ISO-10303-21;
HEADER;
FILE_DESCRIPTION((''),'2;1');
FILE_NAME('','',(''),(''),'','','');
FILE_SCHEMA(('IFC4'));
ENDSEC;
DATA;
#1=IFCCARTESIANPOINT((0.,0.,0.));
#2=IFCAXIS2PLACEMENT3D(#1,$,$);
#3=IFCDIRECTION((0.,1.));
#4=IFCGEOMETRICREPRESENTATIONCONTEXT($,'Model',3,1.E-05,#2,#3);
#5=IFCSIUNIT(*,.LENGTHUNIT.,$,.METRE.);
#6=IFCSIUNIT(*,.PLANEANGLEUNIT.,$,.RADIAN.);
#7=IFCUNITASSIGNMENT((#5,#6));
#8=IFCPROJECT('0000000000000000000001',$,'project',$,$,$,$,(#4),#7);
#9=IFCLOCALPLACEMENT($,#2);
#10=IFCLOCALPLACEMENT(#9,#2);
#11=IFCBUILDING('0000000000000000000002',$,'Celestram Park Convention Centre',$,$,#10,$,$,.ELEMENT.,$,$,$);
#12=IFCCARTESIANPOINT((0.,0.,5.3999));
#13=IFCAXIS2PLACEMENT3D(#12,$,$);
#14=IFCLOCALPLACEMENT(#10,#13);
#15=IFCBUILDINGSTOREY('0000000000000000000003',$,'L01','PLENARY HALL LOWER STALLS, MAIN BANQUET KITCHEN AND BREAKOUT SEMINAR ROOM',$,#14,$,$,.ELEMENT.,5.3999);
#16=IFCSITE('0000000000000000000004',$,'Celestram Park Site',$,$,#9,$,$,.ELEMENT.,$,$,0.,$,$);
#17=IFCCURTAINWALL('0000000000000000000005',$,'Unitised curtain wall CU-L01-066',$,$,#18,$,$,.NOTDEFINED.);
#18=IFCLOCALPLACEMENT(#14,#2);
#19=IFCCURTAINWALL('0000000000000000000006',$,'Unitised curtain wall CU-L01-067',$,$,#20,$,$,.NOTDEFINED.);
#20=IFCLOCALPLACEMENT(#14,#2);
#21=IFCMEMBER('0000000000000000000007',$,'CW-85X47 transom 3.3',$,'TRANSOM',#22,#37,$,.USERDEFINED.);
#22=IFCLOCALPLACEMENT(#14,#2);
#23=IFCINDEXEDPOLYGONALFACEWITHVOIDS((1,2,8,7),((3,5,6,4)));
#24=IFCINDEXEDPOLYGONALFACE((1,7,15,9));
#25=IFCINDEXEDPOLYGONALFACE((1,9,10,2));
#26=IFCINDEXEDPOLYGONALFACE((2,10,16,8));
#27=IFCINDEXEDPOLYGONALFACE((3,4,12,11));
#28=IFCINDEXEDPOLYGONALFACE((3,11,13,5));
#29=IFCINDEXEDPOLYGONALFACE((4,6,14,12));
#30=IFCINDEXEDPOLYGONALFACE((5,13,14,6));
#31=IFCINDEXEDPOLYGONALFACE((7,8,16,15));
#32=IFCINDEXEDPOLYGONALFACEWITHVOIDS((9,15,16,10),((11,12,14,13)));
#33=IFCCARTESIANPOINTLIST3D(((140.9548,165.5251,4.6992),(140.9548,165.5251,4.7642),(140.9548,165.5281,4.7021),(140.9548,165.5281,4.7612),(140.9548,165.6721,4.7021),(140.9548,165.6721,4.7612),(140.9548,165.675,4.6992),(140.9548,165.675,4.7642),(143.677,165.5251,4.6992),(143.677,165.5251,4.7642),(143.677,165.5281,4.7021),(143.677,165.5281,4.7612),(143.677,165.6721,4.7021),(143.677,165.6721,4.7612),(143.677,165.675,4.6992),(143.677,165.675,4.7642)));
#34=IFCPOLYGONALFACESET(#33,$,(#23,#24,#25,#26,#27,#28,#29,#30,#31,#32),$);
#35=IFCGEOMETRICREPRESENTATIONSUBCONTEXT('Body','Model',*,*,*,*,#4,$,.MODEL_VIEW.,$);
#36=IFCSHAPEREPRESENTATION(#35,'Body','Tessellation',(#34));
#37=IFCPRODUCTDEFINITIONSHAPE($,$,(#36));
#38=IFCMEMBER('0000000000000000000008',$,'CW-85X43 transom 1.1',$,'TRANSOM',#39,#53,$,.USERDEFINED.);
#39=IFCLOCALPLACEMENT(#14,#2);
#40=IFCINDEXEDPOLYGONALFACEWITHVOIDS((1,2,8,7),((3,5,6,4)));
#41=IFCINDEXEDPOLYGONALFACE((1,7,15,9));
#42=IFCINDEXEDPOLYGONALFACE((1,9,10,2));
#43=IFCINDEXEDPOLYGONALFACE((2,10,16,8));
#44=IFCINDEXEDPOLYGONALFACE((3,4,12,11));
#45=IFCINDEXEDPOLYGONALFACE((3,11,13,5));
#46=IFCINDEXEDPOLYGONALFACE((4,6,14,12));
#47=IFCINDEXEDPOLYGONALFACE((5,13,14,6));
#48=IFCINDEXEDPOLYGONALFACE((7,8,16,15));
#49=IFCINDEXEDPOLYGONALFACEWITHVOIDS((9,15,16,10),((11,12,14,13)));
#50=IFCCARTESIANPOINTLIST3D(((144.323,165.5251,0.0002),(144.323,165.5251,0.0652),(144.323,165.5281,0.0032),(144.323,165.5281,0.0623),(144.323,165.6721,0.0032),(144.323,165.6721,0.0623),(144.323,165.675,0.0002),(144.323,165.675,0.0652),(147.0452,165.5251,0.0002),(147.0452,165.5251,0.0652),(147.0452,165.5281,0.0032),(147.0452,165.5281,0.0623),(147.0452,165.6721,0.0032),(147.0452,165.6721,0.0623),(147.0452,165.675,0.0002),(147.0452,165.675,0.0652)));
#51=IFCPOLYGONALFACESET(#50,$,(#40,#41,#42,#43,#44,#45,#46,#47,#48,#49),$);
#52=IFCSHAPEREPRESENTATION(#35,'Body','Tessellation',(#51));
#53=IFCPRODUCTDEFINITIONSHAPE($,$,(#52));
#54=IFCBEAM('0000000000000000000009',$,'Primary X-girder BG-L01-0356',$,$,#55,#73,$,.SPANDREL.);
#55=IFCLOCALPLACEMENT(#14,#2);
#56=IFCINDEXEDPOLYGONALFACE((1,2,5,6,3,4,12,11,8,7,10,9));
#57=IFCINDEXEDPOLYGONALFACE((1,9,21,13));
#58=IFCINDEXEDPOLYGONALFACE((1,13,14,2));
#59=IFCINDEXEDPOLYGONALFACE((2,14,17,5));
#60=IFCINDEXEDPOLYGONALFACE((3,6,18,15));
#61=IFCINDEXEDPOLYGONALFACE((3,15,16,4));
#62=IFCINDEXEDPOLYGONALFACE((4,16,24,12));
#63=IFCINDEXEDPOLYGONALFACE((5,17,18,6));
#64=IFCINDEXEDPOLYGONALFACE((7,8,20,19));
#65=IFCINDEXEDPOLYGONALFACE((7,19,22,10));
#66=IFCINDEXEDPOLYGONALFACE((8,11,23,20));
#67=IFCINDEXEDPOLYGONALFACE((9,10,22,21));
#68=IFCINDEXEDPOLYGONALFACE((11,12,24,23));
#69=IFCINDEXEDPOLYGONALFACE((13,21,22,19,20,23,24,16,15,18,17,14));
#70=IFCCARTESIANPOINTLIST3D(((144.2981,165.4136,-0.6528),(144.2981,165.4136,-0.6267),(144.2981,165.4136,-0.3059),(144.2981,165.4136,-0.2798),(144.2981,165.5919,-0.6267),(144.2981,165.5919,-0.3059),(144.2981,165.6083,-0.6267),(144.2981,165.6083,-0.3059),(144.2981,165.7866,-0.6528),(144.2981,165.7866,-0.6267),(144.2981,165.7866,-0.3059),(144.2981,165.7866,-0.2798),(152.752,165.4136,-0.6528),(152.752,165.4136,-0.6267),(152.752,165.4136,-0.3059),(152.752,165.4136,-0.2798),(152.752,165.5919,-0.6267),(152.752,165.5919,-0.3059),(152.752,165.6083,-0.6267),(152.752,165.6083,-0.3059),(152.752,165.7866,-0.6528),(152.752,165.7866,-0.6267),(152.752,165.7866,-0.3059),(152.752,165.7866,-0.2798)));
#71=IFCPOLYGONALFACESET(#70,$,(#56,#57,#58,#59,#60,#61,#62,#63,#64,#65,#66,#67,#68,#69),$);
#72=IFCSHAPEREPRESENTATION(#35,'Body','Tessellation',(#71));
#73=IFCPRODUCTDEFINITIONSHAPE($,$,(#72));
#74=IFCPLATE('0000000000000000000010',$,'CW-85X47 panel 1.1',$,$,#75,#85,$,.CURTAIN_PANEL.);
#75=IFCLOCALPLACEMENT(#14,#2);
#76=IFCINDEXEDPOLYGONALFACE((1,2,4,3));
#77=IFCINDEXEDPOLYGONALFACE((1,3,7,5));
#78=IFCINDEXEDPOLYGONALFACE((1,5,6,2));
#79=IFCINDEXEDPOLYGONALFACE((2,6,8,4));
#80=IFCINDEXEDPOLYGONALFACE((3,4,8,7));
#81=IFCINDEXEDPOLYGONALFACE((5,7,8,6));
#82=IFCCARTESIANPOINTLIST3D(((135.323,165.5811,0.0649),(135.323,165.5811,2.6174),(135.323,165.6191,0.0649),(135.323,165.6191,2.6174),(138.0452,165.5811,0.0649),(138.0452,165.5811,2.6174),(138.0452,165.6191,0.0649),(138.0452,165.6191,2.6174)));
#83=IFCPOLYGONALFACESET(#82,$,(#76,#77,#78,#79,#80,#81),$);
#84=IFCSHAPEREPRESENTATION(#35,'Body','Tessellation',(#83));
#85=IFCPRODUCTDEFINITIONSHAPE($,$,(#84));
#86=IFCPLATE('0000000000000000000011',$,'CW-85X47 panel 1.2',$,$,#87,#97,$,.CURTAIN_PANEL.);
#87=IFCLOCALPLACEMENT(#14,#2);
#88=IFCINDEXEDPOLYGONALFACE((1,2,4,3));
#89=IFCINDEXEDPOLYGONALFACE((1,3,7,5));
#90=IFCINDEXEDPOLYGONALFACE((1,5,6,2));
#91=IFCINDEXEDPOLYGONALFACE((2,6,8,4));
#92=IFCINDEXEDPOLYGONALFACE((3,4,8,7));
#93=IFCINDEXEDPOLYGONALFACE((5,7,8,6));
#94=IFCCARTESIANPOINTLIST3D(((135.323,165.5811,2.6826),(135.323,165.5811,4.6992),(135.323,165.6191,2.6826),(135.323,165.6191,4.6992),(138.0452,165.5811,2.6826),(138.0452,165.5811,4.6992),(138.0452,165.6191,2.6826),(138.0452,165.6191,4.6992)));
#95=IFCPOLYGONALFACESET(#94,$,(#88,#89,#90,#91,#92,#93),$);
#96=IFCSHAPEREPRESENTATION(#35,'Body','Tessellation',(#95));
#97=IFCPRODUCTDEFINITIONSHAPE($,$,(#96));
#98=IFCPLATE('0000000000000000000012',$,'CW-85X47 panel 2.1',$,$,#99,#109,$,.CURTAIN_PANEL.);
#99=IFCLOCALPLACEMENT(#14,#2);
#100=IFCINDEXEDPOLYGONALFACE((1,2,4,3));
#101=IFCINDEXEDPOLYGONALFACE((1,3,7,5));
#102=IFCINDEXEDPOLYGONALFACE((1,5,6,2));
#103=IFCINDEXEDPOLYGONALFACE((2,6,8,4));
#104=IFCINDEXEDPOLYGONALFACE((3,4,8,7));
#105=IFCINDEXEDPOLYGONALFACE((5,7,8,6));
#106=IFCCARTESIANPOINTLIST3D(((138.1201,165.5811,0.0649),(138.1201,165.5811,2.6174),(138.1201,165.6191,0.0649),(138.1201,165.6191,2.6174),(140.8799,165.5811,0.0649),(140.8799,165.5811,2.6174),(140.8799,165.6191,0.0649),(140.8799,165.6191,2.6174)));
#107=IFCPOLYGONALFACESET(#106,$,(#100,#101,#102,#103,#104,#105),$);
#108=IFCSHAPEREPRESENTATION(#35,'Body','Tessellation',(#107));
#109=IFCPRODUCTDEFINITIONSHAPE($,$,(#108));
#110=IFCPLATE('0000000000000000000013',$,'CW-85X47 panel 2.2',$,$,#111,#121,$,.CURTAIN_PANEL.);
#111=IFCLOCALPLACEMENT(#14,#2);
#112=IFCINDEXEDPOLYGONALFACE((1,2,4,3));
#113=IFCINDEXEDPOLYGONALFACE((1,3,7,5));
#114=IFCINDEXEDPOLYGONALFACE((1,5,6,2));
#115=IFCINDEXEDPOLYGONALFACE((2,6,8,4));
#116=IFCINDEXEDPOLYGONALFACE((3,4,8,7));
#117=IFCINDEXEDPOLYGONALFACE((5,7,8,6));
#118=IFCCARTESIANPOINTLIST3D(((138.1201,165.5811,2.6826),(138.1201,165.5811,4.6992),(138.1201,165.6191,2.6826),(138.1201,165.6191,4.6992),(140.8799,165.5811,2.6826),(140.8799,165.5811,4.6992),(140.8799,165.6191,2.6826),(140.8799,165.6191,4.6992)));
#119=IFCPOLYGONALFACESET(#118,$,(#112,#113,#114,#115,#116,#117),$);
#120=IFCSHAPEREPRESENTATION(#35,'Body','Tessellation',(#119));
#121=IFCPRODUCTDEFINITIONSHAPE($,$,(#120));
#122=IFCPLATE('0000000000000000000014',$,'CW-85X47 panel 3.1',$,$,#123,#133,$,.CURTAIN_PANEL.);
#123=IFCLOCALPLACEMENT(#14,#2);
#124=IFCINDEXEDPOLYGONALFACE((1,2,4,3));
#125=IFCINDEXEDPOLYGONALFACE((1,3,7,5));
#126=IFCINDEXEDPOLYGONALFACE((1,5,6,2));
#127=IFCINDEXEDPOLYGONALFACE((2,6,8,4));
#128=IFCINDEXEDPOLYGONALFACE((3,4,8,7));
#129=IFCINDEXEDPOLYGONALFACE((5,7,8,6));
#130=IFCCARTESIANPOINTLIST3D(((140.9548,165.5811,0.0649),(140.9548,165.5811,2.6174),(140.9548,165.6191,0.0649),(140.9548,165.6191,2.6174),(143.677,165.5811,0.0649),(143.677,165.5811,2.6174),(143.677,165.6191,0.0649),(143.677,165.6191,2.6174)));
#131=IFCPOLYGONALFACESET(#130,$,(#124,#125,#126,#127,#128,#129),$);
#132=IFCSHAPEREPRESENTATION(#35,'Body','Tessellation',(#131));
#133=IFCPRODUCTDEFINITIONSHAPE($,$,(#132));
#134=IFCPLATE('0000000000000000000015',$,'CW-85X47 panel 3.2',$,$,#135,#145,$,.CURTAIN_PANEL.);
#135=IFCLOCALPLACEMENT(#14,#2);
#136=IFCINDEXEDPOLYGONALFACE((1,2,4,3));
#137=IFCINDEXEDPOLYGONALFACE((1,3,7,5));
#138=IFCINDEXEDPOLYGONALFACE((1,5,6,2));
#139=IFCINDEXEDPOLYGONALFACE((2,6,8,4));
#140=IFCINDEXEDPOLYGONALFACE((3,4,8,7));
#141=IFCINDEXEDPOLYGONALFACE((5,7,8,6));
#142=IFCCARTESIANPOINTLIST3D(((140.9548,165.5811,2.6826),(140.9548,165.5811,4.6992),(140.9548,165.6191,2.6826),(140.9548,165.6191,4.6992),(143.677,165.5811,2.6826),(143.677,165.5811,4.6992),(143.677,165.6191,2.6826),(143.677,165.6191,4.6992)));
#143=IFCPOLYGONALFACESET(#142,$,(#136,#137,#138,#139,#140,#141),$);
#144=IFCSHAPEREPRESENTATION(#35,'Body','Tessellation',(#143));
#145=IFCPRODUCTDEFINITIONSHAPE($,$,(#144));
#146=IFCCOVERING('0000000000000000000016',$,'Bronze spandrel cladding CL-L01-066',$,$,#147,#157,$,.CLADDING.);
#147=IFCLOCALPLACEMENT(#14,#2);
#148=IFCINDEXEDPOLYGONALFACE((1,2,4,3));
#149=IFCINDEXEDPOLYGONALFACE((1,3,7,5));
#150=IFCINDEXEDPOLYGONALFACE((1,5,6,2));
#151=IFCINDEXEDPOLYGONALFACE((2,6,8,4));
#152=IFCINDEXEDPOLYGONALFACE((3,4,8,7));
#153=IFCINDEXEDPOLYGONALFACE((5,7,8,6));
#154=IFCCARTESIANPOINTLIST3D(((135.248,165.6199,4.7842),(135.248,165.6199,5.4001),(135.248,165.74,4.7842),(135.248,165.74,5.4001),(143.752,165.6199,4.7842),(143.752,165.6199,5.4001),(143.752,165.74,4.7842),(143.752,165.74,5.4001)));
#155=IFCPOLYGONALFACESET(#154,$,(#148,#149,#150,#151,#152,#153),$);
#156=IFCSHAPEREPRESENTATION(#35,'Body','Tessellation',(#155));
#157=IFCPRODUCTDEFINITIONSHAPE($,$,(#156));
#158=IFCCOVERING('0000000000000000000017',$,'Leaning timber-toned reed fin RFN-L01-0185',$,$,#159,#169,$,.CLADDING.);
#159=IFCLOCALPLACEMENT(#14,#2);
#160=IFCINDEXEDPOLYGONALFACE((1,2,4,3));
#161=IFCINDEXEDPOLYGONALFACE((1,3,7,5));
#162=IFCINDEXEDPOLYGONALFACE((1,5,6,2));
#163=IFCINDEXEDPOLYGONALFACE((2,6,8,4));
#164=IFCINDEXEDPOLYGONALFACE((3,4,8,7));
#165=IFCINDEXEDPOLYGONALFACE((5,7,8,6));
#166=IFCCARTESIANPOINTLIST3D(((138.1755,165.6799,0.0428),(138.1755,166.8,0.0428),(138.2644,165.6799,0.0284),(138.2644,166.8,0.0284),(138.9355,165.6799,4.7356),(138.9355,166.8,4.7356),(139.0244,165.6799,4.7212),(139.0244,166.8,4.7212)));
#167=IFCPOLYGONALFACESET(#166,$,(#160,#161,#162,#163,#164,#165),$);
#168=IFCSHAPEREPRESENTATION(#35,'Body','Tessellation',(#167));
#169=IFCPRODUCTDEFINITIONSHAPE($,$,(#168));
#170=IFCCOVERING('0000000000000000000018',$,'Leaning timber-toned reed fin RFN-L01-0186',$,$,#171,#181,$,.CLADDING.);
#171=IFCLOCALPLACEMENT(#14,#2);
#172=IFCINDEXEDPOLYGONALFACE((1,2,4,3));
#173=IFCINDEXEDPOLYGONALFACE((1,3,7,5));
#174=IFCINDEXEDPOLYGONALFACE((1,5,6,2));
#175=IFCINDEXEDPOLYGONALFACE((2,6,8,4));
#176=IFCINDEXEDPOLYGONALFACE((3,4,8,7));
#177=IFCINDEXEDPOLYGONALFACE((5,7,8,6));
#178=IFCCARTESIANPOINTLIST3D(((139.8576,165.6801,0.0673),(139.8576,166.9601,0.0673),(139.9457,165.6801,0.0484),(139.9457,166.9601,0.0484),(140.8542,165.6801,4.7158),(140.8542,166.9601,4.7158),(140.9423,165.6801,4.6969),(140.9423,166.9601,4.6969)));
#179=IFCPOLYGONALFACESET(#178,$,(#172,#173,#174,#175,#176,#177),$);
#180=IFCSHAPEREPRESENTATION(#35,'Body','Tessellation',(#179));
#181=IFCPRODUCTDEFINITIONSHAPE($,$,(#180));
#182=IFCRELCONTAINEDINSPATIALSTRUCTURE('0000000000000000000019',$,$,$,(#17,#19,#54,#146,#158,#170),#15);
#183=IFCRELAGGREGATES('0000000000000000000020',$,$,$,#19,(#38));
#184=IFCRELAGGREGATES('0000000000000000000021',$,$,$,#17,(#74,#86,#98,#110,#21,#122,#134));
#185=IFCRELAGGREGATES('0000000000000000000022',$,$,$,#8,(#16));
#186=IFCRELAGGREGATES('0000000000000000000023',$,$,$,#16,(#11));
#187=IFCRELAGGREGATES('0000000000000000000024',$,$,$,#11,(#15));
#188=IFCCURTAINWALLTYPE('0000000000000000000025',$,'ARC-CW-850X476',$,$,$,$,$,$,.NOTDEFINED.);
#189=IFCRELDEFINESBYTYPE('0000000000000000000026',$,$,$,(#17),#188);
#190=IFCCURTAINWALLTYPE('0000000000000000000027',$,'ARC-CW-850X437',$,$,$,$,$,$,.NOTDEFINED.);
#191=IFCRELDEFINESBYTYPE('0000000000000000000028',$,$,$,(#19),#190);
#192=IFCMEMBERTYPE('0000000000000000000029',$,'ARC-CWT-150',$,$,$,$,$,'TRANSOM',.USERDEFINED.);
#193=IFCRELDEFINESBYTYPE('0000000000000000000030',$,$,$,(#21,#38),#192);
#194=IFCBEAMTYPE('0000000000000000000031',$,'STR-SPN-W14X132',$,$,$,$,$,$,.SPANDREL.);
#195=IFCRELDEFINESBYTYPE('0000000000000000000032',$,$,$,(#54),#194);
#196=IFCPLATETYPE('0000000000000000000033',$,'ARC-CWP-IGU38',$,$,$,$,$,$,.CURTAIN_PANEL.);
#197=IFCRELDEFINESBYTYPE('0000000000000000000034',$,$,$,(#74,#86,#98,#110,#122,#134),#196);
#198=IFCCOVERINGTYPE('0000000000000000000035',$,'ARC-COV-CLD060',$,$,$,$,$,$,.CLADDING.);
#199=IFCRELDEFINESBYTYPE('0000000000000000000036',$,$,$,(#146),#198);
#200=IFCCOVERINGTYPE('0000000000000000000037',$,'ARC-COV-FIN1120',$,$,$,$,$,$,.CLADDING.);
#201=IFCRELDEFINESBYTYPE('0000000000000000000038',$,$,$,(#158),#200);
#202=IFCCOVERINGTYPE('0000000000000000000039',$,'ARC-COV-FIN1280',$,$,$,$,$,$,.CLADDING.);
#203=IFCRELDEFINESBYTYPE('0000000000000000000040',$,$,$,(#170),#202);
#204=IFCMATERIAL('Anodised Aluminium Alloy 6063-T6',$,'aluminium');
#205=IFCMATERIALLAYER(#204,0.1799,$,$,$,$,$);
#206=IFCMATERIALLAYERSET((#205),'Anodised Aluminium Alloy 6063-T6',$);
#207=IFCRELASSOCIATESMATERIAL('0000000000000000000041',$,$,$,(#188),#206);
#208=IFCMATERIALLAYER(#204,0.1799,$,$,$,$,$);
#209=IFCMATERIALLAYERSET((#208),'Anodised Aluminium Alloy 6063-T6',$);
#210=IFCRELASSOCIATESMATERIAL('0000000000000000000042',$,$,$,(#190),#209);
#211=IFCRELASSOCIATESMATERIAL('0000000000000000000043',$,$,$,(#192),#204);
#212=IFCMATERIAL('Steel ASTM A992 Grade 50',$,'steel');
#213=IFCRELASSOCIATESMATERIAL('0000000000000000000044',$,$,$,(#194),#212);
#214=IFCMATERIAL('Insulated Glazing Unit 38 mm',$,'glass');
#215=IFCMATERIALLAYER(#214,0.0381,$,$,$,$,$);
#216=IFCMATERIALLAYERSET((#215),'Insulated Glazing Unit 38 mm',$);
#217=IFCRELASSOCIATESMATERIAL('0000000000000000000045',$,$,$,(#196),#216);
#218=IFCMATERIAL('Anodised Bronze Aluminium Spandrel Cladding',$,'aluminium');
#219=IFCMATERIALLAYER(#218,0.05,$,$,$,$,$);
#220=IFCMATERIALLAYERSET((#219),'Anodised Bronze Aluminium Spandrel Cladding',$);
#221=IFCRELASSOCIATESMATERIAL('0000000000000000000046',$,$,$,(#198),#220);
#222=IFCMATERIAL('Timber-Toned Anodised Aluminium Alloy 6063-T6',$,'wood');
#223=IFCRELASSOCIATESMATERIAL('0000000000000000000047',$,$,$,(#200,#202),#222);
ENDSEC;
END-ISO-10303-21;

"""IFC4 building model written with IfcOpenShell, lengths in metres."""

from ifc_helpers import new_model, si_unit, direction, frame, origin, origin_2d, place, context, subcontext, project, spatial, rectangle, hollow_rectangle, i_section, extrude, material, layer, layer_set, material_profile, profile_set, type_object, element, aggregate, save


model = new_model("IFC4")

# Units and contexts
model_context = context("Model", 3, precision=1e-05, world=origin(), true_north=direction((0.0, 1.0)))
body_context = subcontext(model_context, "Body", "Model", "MODEL_VIEW")
ifc_project = project(units=[si_unit("LENGTHUNIT", "METRE"), si_unit("PLANEANGLEUNIT", "RADIAN")], contexts=[model_context])

# Site, building, storey
site_placement = place(None, origin())
site = spatial("IfcSite", under=ifc_project, at=site_placement, Name="Celestram Park Site", CompositionType="ELEMENT", RefElevation=0.0)
building_placement = place(site_placement, origin())
building = spatial("IfcBuilding", under=site, at=building_placement, Name="Celestram Park Convention Centre", CompositionType="ELEMENT")
storey_placement = place(building_placement, frame((0.0, 0.0, 5.3999)))
storey = spatial("IfcBuildingStorey", under=building, at=storey_placement, Name="L01", Description="PLENARY HALL LOWER STALLS, MAIN BANQUET KITCHEN AND BREAKOUT SEMINAR ROOM", CompositionType="ELEMENT", Elevation=5.3999)

# Curtain wall
ifc_material_1 = material(Name="Anodised Aluminium Alloy 6063-T6", Category="aluminium")
ifc_layer_1 = layer(ifc_material_1, 0.1799)
ifc_layer_set_1 = layer_set([ifc_layer_1], Name="Anodised Aluminium Alloy 6063-T6")
curtain_wall_type_1 = type_object("IfcCurtainWallType", Name="ARC-CW-850X476", PredefinedType="NOTDEFINED", material=ifc_layer_set_1)
curtain_wall_1_placement = place(storey_placement, origin())
curtain_wall_1 = element("IfcCurtainWall", 1, at=curtain_wall_1_placement, inside=storey, type_object=curtain_wall_type_1, Name="Unitised curtain wall CU-L01-066", PredefinedType="NOTDEFINED")

# Curtain wall
ifc_layer_2 = layer(ifc_material_1, 0.1799)
ifc_layer_set_2 = layer_set([ifc_layer_2], Name="Anodised Aluminium Alloy 6063-T6")
curtain_wall_type_2 = type_object("IfcCurtainWallType", Name="ARC-CW-850X437", PredefinedType="NOTDEFINED", material=ifc_layer_set_2)
curtain_wall_2_placement = place(storey_placement, origin())
curtain_wall_2 = element("IfcCurtainWall", 2, at=curtain_wall_2_placement, inside=storey, type_object=curtain_wall_type_2, Name="Unitised curtain wall CU-L01-067", PredefinedType="NOTDEFINED")

# Members
ifc_material_profile_1 = material_profile(ifc_material_1, hollow_rectangle(XDim=0.1499, YDim=0.0649, WallThickness=0.0029, at=origin_2d()), Name="ALU150X65X3")
ifc_profile_set_1 = profile_set([ifc_material_profile_1], Name="Anodised Aluminium Alloy 6063-T6")
member_type_1 = type_object("IfcMemberType", Name="ARC-CWT-150", ElementType="TRANSOM", PredefinedType="USERDEFINED", material=ifc_profile_set_1)
member_1_placement = place(storey_placement, frame((140.9548, 165.6001, 4.7317), z_axis=(1.0, 0.0, 0.0), x_axis=(0.0, 1.0, 0.0)))
member_1 = element("IfcMember", 3, at=member_1_placement, type_object=member_type_1, Name="CW-85X47 transom 3.3", ObjectType="TRANSOM", PredefinedType="USERDEFINED", context=body_context, shape_type="SweptSolid", body=[
    extrude(hollow_rectangle(XDim=0.1499, YDim=0.0649, WallThickness=0.0029, at=origin_2d()), origin(), (0.0, 0.0, 1.0), 2.7222),
])
member_2_placement = place(storey_placement, frame((144.323, 165.6001, 0.0327), z_axis=(1.0, 0.0, 0.0), x_axis=(0.0, 1.0, 0.0)))
member_2 = element("IfcMember", 4, at=member_2_placement, type_object=member_type_1, Name="CW-85X43 transom 1.1", ObjectType="TRANSOM", PredefinedType="USERDEFINED", context=body_context, shape_type="SweptSolid", body=[
    extrude(hollow_rectangle(XDim=0.1499, YDim=0.0649, WallThickness=0.0029, at=origin_2d()), origin(), (0.0, 0.0, 1.0), 2.7222),
])
aggregate(curtain_wall_2, [member_2])

# Beam
ifc_material_2 = material(Name="Steel ASTM A992 Grade 50", Category="steel")
ifc_material_profile_2 = material_profile(ifc_material_2, i_section(OverallWidth=0.373, OverallDepth=0.373, WebThickness=0.0164, FlangeThickness=0.0261, at=origin_2d()), Name="W14X132")
ifc_profile_set_2 = profile_set([ifc_material_profile_2], Name="Steel ASTM A992 Grade 50")
beam_type = type_object("IfcBeamType", Name="STR-SPN-W14X132", PredefinedType="SPANDREL", material=ifc_profile_set_2)
beam_placement = place(storey_placement, frame((144.2981, 165.6001, -0.4663), z_axis=(1.0, 0.0, 0.0), x_axis=(0.0, 1.0, 0.0)))
element("IfcBeam", 5, at=beam_placement, inside=storey, type_object=beam_type, Name="Primary X-girder BG-L01-0356", PredefinedType="SPANDREL", context=body_context, shape_type="SweptSolid", body=[
    extrude(i_section(OverallWidth=0.373, OverallDepth=0.373, WebThickness=0.0164, FlangeThickness=0.0261, at=origin_2d()), origin(), (0.0, 0.0, 1.0), 8.4539),
])

# Plates
ifc_material_3 = material(Name="Insulated Glazing Unit 38 mm", Category="glass")
ifc_layer_3 = layer(ifc_material_3, 0.0381)
ifc_layer_set_3 = layer_set([ifc_layer_3], Name="Insulated Glazing Unit 38 mm")
plate_type = type_object("IfcPlateType", Name="ARC-CWP-IGU38", PredefinedType="CURTAIN_PANEL", material=ifc_layer_set_3)
plate_1_placement = place(storey_placement, frame((136.6841, 165.6001, 0.0649), z_axis=(0.0, 0.0, 1.0), x_axis=(1.0, 0.0, 0.0)))
plate_1 = element("IfcPlate", 6, at=plate_1_placement, type_object=plate_type, Name="CW-85X47 panel 1.1", PredefinedType="CURTAIN_PANEL", context=body_context, shape_type="SweptSolid", body=[
    extrude(rectangle(XDim=2.7222, YDim=0.0381, at=origin_2d()), origin(), (0.0, 0.0, 1.0), 2.5525),
])
plate_2_placement = place(storey_placement, frame((136.6841, 165.6001, 2.6826), z_axis=(0.0, 0.0, 1.0), x_axis=(1.0, 0.0, 0.0)))
plate_2 = element("IfcPlate", 7, at=plate_2_placement, type_object=plate_type, Name="CW-85X47 panel 1.2", PredefinedType="CURTAIN_PANEL", context=body_context, shape_type="SweptSolid", body=[
    extrude(rectangle(XDim=2.7222, YDim=0.0381, at=origin_2d()), origin(), (0.0, 0.0, 1.0), 2.0166),
])
plate_3_placement = place(storey_placement, frame((139.5, 165.6001, 0.0649), z_axis=(0.0, 0.0, 1.0), x_axis=(1.0, 0.0, 0.0)))
plate_3 = element("IfcPlate", 8, at=plate_3_placement, type_object=plate_type, Name="CW-85X47 panel 2.1", PredefinedType="CURTAIN_PANEL", context=body_context, shape_type="SweptSolid", body=[
    extrude(rectangle(XDim=2.7598, YDim=0.0381, at=origin_2d()), origin(), (0.0, 0.0, 1.0), 2.5525),
])
plate_4_placement = place(storey_placement, frame((139.5, 165.6001, 2.6826), z_axis=(0.0, 0.0, 1.0), x_axis=(1.0, 0.0, 0.0)))
plate_4 = element("IfcPlate", 9, at=plate_4_placement, type_object=plate_type, Name="CW-85X47 panel 2.2", PredefinedType="CURTAIN_PANEL", context=body_context, shape_type="SweptSolid", body=[
    extrude(rectangle(XDim=2.7598, YDim=0.0381, at=origin_2d()), origin(), (0.0, 0.0, 1.0), 2.0166),
])
plate_5_placement = place(storey_placement, frame((142.3159, 165.6001, 0.0649), z_axis=(0.0, 0.0, 1.0), x_axis=(1.0, 0.0, 0.0)))
plate_5 = element("IfcPlate", 10, at=plate_5_placement, type_object=plate_type, Name="CW-85X47 panel 3.1", PredefinedType="CURTAIN_PANEL", context=body_context, shape_type="SweptSolid", body=[
    extrude(rectangle(XDim=2.7222, YDim=0.0381, at=origin_2d()), origin(), (0.0, 0.0, 1.0), 2.5525),
])
plate_6_placement = place(storey_placement, frame((142.3159, 165.6001, 2.6826), z_axis=(0.0, 0.0, 1.0), x_axis=(1.0, 0.0, 0.0)))
plate_6 = element("IfcPlate", 11, at=plate_6_placement, type_object=plate_type, Name="CW-85X47 panel 3.2", PredefinedType="CURTAIN_PANEL", context=body_context, shape_type="SweptSolid", body=[
    extrude(rectangle(XDim=2.7222, YDim=0.0381, at=origin_2d()), origin(), (0.0, 0.0, 1.0), 2.0166),
])
aggregate(curtain_wall_1, [plate_1, plate_2, plate_3, plate_4, member_1, plate_5, plate_6])

# Coverings
ifc_material_4 = material(Name="Anodised Bronze Aluminium Spandrel Cladding", Category="aluminium")
ifc_layer_4 = layer(ifc_material_4, 0.05)
ifc_layer_set_4 = layer_set([ifc_layer_4], Name="Anodised Bronze Aluminium Spandrel Cladding")
covering_type_1 = type_object("IfcCoveringType", Name="ARC-COV-CLD060", PredefinedType="CLADDING", material=ifc_layer_set_4)
covering_1_placement = place(storey_placement, frame((139.5, 165.6799, 4.7842), z_axis=(0.0, 0.0, 1.0), x_axis=(1.0, 0.0, 0.0)))
element("IfcCovering", 12, at=covering_1_placement, inside=storey, type_object=covering_type_1, Name="Bronze spandrel cladding CL-L01-066", PredefinedType="CLADDING", context=body_context, shape_type="SweptSolid", body=[
    extrude(rectangle(XDim=8.5039, YDim=0.1201, at=origin_2d()), origin(), (0.0, 0.0, 1.0), 0.616),
])
ifc_material_5 = material(Name="Timber-Toned Anodised Aluminium Alloy 6063-T6", Category="wood")
ifc_material_profile_3 = material_profile(ifc_material_5, rectangle(XDim=1.1201, YDim=0.0901, at=origin_2d()), Name="REED1120X90")
ifc_profile_set_3 = profile_set([ifc_material_profile_3], Name="Timber-Toned Anodised Aluminium Alloy 6063-T6")
covering_type_2 = type_object("IfcCoveringType", Name="ARC-COV-FIN1120", PredefinedType="CLADDING", material=ifc_profile_set_3)
covering_2_placement = place(storey_placement, frame((138.22, 166.24, 0.0356), z_axis=(0.159867, 0.0, 0.987139), x_axis=(0.0, 1.0, 0.0)))
element("IfcCovering", 13, at=covering_2_placement, inside=storey, type_object=covering_type_2, Name="Leaning timber-toned reed fin RFN-L01-0185", PredefinedType="CLADDING", context=body_context, shape_type="SweptSolid", body=[
    extrude(rectangle(XDim=1.1201, YDim=0.0901, at=origin_2d()), origin(), (0.0, 0.0, 1.0), 4.7539),
])
ifc_material_profile_4 = material_profile(ifc_material_5, rectangle(XDim=1.28, YDim=0.0901, at=origin_2d()), Name="REED1280X90")
ifc_profile_set_4 = profile_set([ifc_material_profile_4], Name="Timber-Toned Anodised Aluminium Alloy 6063-T6")
covering_type_3 = type_object("IfcCoveringType", Name="ARC-COV-FIN1280", PredefinedType="CLADDING", material=ifc_profile_set_4)
covering_3_placement = place(storey_placement, frame((139.9016, 166.3201, 0.0579), z_axis=(0.209627, 0.0, 0.977781), x_axis=(0.0, 1.0, 0.0)))
element("IfcCovering", 14, at=covering_3_placement, inside=storey, type_object=covering_type_3, Name="Leaning timber-toned reed fin RFN-L01-0186", PredefinedType="CLADDING", context=body_context, shape_type="SweptSolid", body=[
    extrude(rectangle(XDim=1.28, YDim=0.0901, at=origin_2d()), origin(), (0.0, 0.0, 1.0), 4.7542),
])

save(model, "model.ifc")
